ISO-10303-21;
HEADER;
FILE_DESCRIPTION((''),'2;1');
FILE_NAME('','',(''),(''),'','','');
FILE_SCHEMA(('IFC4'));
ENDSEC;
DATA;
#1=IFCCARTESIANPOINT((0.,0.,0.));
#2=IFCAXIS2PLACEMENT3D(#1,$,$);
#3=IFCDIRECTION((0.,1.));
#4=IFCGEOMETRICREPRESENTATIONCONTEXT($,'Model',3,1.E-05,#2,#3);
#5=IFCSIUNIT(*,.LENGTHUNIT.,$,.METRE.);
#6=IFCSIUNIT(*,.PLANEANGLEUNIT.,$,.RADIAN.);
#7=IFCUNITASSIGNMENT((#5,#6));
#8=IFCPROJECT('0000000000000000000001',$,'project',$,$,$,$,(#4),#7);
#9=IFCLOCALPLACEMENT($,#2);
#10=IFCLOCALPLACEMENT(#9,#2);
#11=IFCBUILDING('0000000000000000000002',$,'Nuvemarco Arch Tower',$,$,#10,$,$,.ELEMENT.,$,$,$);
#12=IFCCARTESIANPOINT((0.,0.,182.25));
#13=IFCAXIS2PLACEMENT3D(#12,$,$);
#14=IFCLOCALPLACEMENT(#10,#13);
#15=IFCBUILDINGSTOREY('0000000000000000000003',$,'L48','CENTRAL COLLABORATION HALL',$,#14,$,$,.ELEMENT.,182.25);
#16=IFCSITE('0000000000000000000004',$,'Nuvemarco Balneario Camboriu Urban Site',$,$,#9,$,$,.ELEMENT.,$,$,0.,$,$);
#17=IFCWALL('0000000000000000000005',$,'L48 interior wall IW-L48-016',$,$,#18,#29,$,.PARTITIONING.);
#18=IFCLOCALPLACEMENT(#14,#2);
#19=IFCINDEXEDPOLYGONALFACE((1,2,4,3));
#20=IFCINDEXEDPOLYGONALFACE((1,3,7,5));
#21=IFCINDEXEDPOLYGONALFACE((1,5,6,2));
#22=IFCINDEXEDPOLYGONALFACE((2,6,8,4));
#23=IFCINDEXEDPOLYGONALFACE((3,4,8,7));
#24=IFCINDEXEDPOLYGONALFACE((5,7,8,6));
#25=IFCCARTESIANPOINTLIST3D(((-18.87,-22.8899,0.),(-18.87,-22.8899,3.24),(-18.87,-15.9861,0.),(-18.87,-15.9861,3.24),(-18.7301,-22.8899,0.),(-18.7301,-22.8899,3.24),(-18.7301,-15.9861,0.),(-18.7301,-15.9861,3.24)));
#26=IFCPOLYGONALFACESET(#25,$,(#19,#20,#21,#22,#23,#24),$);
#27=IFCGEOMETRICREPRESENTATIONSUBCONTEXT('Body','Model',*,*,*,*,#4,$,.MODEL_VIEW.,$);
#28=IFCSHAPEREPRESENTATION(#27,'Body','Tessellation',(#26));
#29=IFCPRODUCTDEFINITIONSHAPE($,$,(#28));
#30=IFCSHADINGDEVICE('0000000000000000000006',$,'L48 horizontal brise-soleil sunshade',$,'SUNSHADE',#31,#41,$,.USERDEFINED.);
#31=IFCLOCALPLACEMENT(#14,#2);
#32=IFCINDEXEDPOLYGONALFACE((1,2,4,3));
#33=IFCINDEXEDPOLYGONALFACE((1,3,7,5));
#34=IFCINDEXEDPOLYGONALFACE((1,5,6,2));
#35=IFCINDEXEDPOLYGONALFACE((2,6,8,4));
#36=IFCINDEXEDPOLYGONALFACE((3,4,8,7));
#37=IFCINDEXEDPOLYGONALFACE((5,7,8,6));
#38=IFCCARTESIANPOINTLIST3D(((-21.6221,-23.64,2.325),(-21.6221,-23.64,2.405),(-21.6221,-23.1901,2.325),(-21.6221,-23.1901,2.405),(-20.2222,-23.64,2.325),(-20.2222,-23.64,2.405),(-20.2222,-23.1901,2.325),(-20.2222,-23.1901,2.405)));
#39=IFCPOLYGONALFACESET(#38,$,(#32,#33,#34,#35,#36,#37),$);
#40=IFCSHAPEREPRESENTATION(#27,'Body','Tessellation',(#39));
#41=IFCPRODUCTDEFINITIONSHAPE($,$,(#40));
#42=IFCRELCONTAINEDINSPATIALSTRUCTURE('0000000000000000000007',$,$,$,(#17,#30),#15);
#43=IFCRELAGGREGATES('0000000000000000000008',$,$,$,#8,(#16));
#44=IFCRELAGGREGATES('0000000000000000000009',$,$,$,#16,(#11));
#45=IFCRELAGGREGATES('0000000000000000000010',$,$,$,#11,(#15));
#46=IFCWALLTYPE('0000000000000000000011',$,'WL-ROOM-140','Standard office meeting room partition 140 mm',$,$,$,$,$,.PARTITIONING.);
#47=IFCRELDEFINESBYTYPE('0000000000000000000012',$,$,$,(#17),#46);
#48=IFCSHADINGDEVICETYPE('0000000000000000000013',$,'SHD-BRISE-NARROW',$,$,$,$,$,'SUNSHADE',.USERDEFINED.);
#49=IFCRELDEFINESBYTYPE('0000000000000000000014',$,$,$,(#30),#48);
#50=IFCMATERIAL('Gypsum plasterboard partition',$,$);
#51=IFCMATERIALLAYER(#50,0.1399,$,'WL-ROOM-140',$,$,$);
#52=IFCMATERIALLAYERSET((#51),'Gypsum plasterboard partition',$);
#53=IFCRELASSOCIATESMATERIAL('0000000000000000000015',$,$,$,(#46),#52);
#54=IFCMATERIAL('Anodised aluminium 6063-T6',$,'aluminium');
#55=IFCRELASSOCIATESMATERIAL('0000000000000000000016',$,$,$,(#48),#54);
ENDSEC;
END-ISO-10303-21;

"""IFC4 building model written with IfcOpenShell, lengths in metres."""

from ifc_helpers import new_model, si_unit, direction, frame, frame_2d, origin, origin_2d, place, context, subcontext, project, spatial, rectangle, extrude, source, transform, mapped, material, layer, layer_set, type_object, type_shapes, element, save


model = new_model("IFC4")

# Units and contexts
model_context = context("Model", 3, precision=1e-05, world=origin(), true_north=direction((0.0, 1.0)))
body_context = subcontext(model_context, "Body", "Model", "MODEL_VIEW")
ifc_project = project(units=[si_unit("LENGTHUNIT", "METRE"), si_unit("PLANEANGLEUNIT", "RADIAN")], contexts=[model_context])

# Site, building, storey
site_placement = place(None, origin())
site = spatial("IfcSite", under=ifc_project, at=site_placement, Name="Nuvemarco Balneario Camboriu Urban Site", CompositionType="ELEMENT", RefElevation=0.0)
building_placement = place(site_placement, origin())
building = spatial("IfcBuilding", under=site, at=building_placement, Name="Nuvemarco Arch Tower", CompositionType="ELEMENT")
storey_placement = place(building_placement, frame((0.0, 0.0, 182.25)))
storey = spatial("IfcBuildingStorey", under=building, at=storey_placement, Name="L48", Description="CENTRAL COLLABORATION HALL", CompositionType="ELEMENT", Elevation=182.25)

# Wall
ifc_material_1 = material(Name="Gypsum plasterboard partition")
ifc_layer_1 = layer(ifc_material_1, 0.1399, Name="WL-ROOM-140")
ifc_layer_set_1 = layer_set([ifc_layer_1], Name="Gypsum plasterboard partition")
wall_type_1 = type_object("IfcWallType", Name="WL-ROOM-140", Description="Standard office meeting room partition 140 mm", PredefinedType="PARTITIONING", material=ifc_layer_set_1)
wall_1_placement = place(storey_placement, frame((-18.8, -22.8899, 0.0), z_axis=(0.0, 0.0, 1.0), x_axis=(0.0, 1.0, 0.0)))
element("IfcWall", 1, at=wall_1_placement, inside=storey, type_object=wall_type_1, Name="L48 interior wall IW-L48-016", PredefinedType="PARTITIONING", context=body_context, shape_type="SweptSolid", body=[
    extrude(rectangle(XDim=6.9038, YDim=0.1399, at=frame_2d((3.4519, 0.0))), origin(), (0.0, 0.0, 1.0), 3.24),
])

# Shading device
ifc_material_2 = material(Name="Anodised aluminium 6063-T6", Category="aluminium")
shading_device_type = type_object("IfcShadingDeviceType", Name="SHD-BRISE-NARROW", ElementType="SUNSHADE", PredefinedType="USERDEFINED", material=ifc_material_2)
shared_shape_1 = source(origin(), body_context, "Body", "SweptSolid", [
    extrude(rectangle(XDim=1.3999, YDim=0.45, at=origin_2d()), origin(), (0.0, 0.0, 1.0), 0.0801),
])
type_shapes(shading_device_type, [shared_shape_1])
shading_device_placement = place(storey_placement, frame((-20.9221, -23.415, 2.325), z_axis=(0.0, 0.0, 1.0), x_axis=(1.0, 0.0, 0.0)))
element("IfcShadingDevice", 2, at=shading_device_placement, inside=storey, type_object=shading_device_type, Name="L48 horizontal brise-soleil sunshade", ObjectType="SUNSHADE", PredefinedType="USERDEFINED", context=body_context, shape_type="MappedRepresentation", body=[
    mapped(shared_shape_1, transform((0.0, 0.0, 0.0), scale=1.0)),
])

save(model, "model.ifc")
